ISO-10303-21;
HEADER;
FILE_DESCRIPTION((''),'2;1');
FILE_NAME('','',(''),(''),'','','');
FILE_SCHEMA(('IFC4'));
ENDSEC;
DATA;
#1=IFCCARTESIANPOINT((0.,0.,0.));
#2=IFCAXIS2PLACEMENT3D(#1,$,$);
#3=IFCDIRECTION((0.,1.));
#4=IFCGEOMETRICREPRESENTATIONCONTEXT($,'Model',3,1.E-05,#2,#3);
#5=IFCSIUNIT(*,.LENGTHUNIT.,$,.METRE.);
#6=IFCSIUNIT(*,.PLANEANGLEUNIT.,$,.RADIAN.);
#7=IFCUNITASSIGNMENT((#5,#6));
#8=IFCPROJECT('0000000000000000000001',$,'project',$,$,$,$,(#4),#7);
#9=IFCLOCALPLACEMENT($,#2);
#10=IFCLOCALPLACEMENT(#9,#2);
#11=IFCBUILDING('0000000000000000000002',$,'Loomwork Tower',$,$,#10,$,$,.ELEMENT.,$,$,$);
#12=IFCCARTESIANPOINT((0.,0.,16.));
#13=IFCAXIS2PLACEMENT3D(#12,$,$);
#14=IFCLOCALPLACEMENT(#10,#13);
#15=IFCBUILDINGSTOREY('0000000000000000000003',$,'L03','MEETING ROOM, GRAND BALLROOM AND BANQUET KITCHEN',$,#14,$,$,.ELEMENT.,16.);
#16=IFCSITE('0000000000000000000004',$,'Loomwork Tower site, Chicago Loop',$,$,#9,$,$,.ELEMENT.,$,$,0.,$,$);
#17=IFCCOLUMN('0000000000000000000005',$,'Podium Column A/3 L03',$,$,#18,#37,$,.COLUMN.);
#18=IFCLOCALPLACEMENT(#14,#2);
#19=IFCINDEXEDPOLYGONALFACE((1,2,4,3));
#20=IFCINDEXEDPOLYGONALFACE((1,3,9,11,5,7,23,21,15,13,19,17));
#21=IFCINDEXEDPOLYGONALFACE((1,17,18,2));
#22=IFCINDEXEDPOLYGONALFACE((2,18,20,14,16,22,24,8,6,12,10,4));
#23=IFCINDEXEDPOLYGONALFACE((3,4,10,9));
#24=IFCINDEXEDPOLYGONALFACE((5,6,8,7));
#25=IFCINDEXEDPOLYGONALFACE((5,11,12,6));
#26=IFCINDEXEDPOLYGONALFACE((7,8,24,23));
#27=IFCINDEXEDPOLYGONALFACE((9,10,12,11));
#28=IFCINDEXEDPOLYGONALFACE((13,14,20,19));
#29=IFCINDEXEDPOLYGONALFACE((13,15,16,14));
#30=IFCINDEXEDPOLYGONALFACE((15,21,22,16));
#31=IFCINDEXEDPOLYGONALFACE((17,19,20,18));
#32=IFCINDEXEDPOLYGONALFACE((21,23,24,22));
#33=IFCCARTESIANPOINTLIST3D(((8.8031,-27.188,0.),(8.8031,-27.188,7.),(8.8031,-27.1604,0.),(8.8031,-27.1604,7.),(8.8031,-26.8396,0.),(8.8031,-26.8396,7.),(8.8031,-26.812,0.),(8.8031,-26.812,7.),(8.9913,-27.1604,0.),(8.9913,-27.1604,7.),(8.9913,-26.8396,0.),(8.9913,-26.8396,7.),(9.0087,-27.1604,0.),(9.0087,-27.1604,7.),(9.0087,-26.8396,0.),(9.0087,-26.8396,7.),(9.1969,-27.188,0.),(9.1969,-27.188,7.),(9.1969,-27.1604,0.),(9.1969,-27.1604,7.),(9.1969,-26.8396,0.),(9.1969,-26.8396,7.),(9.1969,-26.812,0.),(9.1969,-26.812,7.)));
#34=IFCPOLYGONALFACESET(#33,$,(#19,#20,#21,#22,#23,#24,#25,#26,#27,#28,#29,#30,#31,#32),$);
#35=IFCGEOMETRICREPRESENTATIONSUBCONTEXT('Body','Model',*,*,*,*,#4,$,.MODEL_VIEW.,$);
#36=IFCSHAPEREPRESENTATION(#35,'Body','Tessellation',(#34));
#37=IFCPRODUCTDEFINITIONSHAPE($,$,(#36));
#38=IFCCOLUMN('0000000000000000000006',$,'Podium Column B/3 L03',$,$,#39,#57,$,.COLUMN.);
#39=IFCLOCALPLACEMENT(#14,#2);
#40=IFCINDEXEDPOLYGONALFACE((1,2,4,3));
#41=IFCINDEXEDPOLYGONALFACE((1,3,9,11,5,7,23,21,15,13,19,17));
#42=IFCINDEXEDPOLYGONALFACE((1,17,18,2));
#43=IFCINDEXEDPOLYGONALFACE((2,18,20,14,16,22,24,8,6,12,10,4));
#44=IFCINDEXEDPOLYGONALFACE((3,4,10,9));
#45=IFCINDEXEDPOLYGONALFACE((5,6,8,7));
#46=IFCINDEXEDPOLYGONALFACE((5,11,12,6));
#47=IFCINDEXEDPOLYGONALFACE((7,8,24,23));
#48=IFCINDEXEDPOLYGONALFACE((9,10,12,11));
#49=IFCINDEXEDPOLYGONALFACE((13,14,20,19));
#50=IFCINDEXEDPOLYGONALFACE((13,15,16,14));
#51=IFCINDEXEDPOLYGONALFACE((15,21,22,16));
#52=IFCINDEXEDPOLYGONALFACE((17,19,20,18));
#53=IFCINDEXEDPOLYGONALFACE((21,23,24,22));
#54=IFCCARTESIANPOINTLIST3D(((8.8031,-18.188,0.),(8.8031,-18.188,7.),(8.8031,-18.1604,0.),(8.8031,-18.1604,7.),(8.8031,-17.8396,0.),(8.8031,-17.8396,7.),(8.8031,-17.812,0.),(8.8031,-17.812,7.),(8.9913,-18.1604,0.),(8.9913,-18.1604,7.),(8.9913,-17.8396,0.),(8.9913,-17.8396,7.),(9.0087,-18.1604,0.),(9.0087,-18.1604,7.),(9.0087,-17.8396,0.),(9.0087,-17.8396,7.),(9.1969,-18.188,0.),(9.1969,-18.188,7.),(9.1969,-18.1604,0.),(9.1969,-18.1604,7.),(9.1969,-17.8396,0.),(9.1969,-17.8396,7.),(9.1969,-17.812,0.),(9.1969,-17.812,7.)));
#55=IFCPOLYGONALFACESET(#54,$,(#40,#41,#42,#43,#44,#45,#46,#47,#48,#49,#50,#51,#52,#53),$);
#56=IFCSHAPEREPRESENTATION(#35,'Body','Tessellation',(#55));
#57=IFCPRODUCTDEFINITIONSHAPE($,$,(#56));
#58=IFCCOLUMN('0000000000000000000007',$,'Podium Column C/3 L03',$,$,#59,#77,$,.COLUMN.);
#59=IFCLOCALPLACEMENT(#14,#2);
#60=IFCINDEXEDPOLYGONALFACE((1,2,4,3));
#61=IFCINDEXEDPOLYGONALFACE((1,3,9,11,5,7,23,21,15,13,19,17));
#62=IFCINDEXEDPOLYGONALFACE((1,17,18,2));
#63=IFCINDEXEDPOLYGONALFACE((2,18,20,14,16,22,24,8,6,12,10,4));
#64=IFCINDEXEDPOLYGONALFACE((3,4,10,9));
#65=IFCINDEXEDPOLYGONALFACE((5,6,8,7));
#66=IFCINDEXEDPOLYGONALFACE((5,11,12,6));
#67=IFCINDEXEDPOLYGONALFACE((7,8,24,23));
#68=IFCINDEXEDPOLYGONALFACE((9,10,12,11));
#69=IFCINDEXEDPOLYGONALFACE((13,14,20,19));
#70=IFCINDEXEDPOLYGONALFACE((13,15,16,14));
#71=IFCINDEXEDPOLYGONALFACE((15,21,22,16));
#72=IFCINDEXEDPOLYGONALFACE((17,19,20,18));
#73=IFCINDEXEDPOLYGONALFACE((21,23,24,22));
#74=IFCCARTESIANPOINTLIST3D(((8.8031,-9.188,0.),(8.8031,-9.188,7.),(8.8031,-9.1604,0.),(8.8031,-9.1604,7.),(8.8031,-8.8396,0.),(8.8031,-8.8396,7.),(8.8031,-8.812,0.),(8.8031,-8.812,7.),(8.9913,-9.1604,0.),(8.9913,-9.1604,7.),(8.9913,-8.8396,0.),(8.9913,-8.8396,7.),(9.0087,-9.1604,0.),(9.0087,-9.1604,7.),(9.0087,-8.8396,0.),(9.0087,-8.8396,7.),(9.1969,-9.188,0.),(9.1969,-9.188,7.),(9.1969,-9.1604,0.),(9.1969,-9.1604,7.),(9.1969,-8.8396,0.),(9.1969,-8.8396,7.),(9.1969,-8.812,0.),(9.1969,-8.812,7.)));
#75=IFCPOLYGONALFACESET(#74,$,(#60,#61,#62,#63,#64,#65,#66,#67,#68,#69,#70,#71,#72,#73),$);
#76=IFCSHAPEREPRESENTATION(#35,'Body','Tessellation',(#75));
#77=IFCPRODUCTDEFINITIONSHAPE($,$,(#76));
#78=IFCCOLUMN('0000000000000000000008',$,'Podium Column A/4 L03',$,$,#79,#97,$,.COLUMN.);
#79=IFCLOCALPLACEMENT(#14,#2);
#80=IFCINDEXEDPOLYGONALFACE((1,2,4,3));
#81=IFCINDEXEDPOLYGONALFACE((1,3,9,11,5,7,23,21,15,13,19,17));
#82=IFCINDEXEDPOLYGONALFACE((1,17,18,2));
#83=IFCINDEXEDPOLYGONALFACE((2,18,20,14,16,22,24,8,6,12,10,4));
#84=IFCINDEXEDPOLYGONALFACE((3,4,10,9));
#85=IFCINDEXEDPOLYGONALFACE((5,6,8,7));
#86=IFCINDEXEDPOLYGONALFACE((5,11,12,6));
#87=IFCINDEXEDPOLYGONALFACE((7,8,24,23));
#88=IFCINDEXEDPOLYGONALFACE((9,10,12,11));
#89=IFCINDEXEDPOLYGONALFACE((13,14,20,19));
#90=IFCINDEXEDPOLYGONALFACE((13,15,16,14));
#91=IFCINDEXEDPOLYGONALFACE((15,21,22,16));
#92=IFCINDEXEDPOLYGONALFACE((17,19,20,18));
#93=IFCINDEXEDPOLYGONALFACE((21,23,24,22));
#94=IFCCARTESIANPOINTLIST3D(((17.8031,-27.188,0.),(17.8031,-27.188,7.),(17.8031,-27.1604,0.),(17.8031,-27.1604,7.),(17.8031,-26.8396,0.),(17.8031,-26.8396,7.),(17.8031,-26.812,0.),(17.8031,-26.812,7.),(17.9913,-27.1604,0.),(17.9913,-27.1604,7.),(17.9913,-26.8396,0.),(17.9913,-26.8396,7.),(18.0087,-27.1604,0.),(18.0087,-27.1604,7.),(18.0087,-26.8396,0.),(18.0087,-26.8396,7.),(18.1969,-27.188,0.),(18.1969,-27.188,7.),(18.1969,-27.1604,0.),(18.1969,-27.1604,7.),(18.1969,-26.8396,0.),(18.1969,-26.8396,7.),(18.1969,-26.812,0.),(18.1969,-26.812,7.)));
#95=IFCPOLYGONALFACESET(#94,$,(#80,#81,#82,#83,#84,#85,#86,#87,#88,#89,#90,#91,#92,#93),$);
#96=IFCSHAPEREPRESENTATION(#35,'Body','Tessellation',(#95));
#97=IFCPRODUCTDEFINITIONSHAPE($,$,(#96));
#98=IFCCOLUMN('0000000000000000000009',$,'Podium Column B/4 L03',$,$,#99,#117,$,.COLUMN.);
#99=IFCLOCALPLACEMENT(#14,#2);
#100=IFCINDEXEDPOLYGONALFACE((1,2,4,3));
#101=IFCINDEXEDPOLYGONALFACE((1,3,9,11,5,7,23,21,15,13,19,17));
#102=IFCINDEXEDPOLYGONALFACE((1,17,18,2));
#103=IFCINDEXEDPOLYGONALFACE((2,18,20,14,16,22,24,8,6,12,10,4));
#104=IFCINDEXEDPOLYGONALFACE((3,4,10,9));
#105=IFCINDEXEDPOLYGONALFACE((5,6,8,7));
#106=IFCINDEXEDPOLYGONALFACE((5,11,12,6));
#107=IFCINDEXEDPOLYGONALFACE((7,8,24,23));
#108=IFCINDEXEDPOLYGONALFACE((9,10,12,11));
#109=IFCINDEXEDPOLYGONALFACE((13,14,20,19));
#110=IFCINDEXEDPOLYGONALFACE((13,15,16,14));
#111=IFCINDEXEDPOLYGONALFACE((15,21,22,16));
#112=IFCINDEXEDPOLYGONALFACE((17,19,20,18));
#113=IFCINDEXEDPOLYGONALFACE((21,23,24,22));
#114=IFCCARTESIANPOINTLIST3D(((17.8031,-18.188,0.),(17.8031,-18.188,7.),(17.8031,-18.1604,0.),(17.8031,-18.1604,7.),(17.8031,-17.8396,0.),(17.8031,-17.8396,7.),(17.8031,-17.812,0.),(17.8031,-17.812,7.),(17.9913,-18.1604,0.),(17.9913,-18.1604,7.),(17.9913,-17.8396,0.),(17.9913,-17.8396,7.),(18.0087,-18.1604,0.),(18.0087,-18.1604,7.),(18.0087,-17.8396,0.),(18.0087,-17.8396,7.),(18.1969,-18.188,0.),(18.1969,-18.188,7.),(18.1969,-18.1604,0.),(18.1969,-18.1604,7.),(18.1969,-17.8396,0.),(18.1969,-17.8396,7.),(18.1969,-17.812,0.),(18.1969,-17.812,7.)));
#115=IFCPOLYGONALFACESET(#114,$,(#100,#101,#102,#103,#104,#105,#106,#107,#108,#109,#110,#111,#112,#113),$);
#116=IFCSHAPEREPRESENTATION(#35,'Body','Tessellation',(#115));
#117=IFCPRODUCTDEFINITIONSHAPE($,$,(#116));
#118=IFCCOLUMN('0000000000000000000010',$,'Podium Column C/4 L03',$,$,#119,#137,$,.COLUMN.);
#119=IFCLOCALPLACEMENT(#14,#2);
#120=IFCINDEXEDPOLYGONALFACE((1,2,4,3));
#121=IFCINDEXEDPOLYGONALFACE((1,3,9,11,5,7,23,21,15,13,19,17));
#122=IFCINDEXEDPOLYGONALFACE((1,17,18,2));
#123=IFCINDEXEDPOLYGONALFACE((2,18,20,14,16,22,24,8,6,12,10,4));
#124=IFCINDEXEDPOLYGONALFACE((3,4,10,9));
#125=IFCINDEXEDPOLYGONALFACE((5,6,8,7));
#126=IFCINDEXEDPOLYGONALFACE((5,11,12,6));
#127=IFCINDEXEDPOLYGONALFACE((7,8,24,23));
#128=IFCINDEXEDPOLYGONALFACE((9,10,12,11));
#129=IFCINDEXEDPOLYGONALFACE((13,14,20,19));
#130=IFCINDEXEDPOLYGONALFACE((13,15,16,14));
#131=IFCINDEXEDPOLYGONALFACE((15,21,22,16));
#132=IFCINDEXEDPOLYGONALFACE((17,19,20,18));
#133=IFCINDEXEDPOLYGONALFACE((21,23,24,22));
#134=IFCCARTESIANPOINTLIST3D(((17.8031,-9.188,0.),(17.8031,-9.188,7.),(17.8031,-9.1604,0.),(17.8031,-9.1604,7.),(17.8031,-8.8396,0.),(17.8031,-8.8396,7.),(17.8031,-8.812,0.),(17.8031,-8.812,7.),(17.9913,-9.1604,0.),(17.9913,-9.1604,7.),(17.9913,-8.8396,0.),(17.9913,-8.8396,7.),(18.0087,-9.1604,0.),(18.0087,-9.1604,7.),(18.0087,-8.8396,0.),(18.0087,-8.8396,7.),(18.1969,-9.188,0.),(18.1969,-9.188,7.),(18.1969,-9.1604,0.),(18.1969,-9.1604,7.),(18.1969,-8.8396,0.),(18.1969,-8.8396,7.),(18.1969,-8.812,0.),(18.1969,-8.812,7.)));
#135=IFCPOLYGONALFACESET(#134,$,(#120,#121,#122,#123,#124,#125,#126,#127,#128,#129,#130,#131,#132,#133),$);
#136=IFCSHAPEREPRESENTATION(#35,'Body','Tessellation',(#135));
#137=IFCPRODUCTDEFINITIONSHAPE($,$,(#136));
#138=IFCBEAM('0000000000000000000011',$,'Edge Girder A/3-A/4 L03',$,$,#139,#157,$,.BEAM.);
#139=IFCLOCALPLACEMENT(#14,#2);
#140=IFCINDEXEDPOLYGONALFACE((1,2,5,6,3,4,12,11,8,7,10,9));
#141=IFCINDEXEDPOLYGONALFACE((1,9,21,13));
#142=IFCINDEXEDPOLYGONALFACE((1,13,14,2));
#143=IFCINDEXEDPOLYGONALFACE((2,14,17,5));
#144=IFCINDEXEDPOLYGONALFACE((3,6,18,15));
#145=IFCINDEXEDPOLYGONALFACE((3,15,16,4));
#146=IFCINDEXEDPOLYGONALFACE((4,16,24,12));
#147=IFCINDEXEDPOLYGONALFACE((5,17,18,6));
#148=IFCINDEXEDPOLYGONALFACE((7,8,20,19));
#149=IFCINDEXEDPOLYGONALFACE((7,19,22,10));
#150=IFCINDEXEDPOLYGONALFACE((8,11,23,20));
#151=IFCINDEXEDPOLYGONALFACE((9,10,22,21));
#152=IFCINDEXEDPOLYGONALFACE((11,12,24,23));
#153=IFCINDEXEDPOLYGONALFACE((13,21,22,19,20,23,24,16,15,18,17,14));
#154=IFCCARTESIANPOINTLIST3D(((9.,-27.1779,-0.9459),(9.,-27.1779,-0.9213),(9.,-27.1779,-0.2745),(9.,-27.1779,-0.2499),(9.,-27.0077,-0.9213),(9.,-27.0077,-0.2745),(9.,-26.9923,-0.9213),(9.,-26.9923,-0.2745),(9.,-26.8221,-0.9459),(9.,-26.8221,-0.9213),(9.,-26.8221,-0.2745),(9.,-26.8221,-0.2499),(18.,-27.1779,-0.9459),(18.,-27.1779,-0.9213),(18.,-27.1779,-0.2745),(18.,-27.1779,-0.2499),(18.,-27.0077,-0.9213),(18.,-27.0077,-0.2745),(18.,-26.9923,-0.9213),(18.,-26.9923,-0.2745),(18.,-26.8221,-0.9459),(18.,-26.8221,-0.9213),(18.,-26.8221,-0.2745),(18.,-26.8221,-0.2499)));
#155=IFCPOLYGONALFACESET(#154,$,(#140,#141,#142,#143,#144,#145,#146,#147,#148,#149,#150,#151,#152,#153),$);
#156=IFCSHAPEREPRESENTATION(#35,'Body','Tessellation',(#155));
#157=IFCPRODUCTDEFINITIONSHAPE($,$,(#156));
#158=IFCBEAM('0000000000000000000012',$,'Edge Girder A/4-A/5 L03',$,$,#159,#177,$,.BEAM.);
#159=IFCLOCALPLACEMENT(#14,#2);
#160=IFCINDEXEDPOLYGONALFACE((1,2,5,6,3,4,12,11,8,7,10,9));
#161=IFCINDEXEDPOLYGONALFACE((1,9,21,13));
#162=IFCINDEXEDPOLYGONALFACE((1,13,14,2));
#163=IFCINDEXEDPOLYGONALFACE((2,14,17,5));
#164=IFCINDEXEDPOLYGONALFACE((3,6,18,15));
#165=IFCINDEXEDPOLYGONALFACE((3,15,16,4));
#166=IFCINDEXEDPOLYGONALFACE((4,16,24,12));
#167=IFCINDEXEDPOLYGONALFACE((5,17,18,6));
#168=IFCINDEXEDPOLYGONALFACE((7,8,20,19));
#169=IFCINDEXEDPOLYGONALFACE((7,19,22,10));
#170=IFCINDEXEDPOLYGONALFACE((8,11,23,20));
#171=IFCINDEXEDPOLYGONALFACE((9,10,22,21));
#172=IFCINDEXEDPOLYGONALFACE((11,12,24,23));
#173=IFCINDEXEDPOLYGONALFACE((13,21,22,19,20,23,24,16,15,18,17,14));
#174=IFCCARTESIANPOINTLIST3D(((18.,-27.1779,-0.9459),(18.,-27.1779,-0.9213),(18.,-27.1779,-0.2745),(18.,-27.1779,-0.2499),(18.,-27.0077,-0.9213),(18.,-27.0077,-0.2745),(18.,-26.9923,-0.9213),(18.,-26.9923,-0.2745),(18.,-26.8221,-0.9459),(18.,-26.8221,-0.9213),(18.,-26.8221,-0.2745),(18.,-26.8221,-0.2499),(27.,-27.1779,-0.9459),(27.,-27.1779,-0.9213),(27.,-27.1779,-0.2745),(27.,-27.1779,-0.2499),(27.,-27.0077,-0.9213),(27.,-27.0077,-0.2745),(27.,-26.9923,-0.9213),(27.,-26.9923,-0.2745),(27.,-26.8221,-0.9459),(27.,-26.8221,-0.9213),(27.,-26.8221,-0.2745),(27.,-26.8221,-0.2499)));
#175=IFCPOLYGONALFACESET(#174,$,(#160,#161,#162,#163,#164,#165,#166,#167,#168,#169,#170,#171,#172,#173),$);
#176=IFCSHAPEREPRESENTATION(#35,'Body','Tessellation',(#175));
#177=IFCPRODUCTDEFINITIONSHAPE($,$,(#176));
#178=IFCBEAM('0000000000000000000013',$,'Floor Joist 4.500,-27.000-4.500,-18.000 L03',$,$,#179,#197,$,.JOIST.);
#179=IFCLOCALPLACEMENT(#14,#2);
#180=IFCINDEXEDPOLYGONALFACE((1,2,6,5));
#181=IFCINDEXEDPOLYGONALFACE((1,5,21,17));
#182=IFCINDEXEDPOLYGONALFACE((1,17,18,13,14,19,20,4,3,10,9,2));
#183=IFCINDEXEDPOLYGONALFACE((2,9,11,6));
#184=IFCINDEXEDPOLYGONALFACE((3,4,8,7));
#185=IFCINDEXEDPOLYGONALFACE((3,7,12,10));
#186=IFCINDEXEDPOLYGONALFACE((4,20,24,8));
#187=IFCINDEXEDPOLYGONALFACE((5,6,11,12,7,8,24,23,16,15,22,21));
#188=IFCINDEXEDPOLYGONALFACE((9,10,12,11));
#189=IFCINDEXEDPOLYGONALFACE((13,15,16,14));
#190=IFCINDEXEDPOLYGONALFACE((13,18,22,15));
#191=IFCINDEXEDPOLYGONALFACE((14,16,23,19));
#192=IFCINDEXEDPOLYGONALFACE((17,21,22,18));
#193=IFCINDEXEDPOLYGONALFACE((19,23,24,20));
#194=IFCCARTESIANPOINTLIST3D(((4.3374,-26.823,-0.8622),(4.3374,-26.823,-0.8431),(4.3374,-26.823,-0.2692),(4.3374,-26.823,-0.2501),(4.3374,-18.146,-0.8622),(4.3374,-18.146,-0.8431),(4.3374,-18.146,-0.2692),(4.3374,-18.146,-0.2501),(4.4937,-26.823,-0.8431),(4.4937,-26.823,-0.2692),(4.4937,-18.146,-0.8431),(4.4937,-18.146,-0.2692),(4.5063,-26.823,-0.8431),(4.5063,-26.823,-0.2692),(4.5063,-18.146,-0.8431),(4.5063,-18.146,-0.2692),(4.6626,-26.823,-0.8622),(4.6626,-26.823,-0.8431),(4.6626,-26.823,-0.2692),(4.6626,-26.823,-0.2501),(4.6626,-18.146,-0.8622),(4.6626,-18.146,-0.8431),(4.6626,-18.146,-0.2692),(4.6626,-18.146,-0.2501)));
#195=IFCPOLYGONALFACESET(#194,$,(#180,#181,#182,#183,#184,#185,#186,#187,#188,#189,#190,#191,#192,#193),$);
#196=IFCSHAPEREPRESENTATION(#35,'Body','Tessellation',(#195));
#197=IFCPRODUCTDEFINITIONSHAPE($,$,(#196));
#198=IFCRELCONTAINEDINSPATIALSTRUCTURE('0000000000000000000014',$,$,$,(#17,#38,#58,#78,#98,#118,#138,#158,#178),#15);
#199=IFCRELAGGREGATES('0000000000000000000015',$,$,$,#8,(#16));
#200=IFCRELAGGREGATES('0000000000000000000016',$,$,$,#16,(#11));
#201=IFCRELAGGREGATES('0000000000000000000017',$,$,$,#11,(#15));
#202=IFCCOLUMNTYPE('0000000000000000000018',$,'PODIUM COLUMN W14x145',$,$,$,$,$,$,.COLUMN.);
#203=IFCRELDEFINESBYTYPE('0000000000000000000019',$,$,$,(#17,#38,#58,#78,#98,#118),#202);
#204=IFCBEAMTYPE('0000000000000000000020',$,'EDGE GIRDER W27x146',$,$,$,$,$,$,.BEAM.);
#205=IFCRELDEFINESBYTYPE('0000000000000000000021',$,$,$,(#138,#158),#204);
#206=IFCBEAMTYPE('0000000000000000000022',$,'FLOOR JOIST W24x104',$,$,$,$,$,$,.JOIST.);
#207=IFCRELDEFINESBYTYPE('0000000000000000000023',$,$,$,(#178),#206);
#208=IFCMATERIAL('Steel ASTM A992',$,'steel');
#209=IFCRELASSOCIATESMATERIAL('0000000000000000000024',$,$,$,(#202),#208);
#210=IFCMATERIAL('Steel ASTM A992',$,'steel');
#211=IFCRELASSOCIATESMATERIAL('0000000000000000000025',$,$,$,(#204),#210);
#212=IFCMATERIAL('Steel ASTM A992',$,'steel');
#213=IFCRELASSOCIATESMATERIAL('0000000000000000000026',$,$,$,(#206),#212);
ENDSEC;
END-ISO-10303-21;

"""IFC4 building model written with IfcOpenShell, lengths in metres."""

from ifc_helpers import new_model, si_unit, direction, frame, origin, origin_2d, place, context, subcontext, project, spatial, i_section, extrude, material, material_profile, profile_set, type_object, element, save


model = new_model("IFC4")

# Units and contexts
model_context = context("Model", 3, precision=1e-05, world=origin(), true_north=direction((0.0, 1.0)))
body_context = subcontext(model_context, "Body", "Model", "MODEL_VIEW")
ifc_project = project(units=[si_unit("LENGTHUNIT", "METRE"), si_unit("PLANEANGLEUNIT", "RADIAN")], contexts=[model_context])

# Site, building, storey
site_placement = place(None, origin())
site = spatial("IfcSite", under=ifc_project, at=site_placement, Name="Loomwork Tower site, Chicago Loop", CompositionType="ELEMENT", RefElevation=0.0)
building_placement = place(site_placement, origin())
building = spatial("IfcBuilding", under=site, at=building_placement, Name="Loomwork Tower", CompositionType="ELEMENT")
storey_placement = place(building_placement, frame((0.0, 0.0, 16.0)))
storey = spatial("IfcBuildingStorey", under=building, at=storey_placement, Name="L03", Description="MEETING ROOM, GRAND BALLROOM AND BANQUET KITCHEN", CompositionType="ELEMENT", Elevation=16.0)

# Columns
ifc_material_1 = material(Name="Steel ASTM A992", Category="steel")
ifc_material_profile_1 = material_profile(ifc_material_1, i_section(OverallWidth=0.3938, OverallDepth=0.376, WebThickness=0.0173, FlangeThickness=0.0276, at=origin_2d()), Name="W14x145")
ifc_profile_set_1 = profile_set([ifc_material_profile_1], Name="Steel ASTM A992")
column_type = type_object("IfcColumnType", Name="PODIUM COLUMN W14x145", PredefinedType="COLUMN", material=ifc_profile_set_1)
for number, where, z_axis, x_axis, name in (
    (1, (9.0, -27.0, 0.0), (0.0, 0.0, 1.0), (1.0, 0.0, 0.0), "Podium Column A/3 L03"),
    (2, (9.0, -18.0, 0.0), (0.0, 0.0, 1.0), (1.0, 0.0, 0.0), "Podium Column B/3 L03"),
    (3, (9.0, -9.0, 0.0), (0.0, 0.0, 1.0), (1.0, 0.0, 0.0), "Podium Column C/3 L03"),
    (4, (18.0, -27.0, 0.0), (0.0, 0.0, 1.0), (1.0, 0.0, 0.0), "Podium Column A/4 L03"),
    (5, (18.0, -18.0, 0.0), (0.0, 0.0, 1.0), (1.0, 0.0, 0.0), "Podium Column B/4 L03"),
    (6, (18.0, -9.0, 0.0), (0.0, 0.0, 1.0), (1.0, 0.0, 0.0), "Podium Column C/4 L03"),
):
    element("IfcColumn", number, at=place(storey_placement, frame(where, z_axis=z_axis, x_axis=x_axis)), inside=storey, type_object=column_type, Name=name, PredefinedType="COLUMN", context=body_context, shape_type="SweptSolid", body=[
        extrude(i_section(OverallWidth=0.3938, OverallDepth=0.376, WebThickness=0.0173, FlangeThickness=0.0276, at=origin_2d()), origin(), (0.0, 0.0, 1.0), 7.0),
    ])

# Beams
ifc_material_2 = material(Name="Steel ASTM A992", Category="steel")
ifc_material_profile_2 = material_profile(ifc_material_2, i_section(OverallWidth=0.3557, OverallDepth=0.696, WebThickness=0.0154, FlangeThickness=0.0247, at=origin_2d()), Name="W27x146")
ifc_profile_set_2 = profile_set([ifc_material_profile_2], Name="Steel ASTM A992")
beam_type_1 = type_object("IfcBeamType", Name="EDGE GIRDER W27x146", PredefinedType="BEAM", material=ifc_profile_set_2)
for number, where, z_axis, x_axis, name in (
    (7, (9.0, -27.0, -0.5979), (1.0, 0.0, 0.0), (0.0, 1.0, 0.0), "Edge Girder A/3-A/4 L03"),
    (8, (18.0, -27.0, -0.5979), (1.0, 0.0, 0.0), (0.0, 1.0, 0.0), "Edge Girder A/4-A/5 L03"),
):
    element("IfcBeam", number, at=place(storey_placement, frame(where, z_axis=z_axis, x_axis=x_axis)), inside=storey, type_object=beam_type_1, Name=name, PredefinedType="BEAM", context=body_context, shape_type="SweptSolid", body=[
        extrude(i_section(OverallWidth=0.3557, OverallDepth=0.696, WebThickness=0.0154, FlangeThickness=0.0247, at=origin_2d()), origin(), (0.0, 0.0, 1.0), 9.0),
    ])
ifc_material_3 = material(Name="Steel ASTM A992", Category="steel")
ifc_material_profile_3 = material_profile(ifc_material_3, i_section(OverallWidth=0.3252, OverallDepth=0.6121, WebThickness=0.0127, FlangeThickness=0.019, at=origin_2d()), Name="W24x104")
ifc_profile_set_3 = profile_set([ifc_material_profile_3], Name="Steel ASTM A992")
beam_type_2 = type_object("IfcBeamType", Name="FLOOR JOIST W24x104", PredefinedType="JOIST", material=ifc_profile_set_3)
beam_1_placement = place(storey_placement, frame((4.5, -26.823, -0.5562), z_axis=(0.0, 1.0, 0.0), x_axis=(-1.0, 0.0, 0.0)))
element("IfcBeam", 9, at=beam_1_placement, inside=storey, type_object=beam_type_2, Name="Floor Joist 4.500,-27.000-4.500,-18.000 L03", PredefinedType="JOIST", context=body_context, shape_type="SweptSolid", body=[
    extrude(i_section(OverallWidth=0.3252, OverallDepth=0.6121, WebThickness=0.0127, FlangeThickness=0.019, at=origin_2d()), origin(), (0.0, 0.0, 1.0), 8.677),
])

save(model, "model.ifc")
